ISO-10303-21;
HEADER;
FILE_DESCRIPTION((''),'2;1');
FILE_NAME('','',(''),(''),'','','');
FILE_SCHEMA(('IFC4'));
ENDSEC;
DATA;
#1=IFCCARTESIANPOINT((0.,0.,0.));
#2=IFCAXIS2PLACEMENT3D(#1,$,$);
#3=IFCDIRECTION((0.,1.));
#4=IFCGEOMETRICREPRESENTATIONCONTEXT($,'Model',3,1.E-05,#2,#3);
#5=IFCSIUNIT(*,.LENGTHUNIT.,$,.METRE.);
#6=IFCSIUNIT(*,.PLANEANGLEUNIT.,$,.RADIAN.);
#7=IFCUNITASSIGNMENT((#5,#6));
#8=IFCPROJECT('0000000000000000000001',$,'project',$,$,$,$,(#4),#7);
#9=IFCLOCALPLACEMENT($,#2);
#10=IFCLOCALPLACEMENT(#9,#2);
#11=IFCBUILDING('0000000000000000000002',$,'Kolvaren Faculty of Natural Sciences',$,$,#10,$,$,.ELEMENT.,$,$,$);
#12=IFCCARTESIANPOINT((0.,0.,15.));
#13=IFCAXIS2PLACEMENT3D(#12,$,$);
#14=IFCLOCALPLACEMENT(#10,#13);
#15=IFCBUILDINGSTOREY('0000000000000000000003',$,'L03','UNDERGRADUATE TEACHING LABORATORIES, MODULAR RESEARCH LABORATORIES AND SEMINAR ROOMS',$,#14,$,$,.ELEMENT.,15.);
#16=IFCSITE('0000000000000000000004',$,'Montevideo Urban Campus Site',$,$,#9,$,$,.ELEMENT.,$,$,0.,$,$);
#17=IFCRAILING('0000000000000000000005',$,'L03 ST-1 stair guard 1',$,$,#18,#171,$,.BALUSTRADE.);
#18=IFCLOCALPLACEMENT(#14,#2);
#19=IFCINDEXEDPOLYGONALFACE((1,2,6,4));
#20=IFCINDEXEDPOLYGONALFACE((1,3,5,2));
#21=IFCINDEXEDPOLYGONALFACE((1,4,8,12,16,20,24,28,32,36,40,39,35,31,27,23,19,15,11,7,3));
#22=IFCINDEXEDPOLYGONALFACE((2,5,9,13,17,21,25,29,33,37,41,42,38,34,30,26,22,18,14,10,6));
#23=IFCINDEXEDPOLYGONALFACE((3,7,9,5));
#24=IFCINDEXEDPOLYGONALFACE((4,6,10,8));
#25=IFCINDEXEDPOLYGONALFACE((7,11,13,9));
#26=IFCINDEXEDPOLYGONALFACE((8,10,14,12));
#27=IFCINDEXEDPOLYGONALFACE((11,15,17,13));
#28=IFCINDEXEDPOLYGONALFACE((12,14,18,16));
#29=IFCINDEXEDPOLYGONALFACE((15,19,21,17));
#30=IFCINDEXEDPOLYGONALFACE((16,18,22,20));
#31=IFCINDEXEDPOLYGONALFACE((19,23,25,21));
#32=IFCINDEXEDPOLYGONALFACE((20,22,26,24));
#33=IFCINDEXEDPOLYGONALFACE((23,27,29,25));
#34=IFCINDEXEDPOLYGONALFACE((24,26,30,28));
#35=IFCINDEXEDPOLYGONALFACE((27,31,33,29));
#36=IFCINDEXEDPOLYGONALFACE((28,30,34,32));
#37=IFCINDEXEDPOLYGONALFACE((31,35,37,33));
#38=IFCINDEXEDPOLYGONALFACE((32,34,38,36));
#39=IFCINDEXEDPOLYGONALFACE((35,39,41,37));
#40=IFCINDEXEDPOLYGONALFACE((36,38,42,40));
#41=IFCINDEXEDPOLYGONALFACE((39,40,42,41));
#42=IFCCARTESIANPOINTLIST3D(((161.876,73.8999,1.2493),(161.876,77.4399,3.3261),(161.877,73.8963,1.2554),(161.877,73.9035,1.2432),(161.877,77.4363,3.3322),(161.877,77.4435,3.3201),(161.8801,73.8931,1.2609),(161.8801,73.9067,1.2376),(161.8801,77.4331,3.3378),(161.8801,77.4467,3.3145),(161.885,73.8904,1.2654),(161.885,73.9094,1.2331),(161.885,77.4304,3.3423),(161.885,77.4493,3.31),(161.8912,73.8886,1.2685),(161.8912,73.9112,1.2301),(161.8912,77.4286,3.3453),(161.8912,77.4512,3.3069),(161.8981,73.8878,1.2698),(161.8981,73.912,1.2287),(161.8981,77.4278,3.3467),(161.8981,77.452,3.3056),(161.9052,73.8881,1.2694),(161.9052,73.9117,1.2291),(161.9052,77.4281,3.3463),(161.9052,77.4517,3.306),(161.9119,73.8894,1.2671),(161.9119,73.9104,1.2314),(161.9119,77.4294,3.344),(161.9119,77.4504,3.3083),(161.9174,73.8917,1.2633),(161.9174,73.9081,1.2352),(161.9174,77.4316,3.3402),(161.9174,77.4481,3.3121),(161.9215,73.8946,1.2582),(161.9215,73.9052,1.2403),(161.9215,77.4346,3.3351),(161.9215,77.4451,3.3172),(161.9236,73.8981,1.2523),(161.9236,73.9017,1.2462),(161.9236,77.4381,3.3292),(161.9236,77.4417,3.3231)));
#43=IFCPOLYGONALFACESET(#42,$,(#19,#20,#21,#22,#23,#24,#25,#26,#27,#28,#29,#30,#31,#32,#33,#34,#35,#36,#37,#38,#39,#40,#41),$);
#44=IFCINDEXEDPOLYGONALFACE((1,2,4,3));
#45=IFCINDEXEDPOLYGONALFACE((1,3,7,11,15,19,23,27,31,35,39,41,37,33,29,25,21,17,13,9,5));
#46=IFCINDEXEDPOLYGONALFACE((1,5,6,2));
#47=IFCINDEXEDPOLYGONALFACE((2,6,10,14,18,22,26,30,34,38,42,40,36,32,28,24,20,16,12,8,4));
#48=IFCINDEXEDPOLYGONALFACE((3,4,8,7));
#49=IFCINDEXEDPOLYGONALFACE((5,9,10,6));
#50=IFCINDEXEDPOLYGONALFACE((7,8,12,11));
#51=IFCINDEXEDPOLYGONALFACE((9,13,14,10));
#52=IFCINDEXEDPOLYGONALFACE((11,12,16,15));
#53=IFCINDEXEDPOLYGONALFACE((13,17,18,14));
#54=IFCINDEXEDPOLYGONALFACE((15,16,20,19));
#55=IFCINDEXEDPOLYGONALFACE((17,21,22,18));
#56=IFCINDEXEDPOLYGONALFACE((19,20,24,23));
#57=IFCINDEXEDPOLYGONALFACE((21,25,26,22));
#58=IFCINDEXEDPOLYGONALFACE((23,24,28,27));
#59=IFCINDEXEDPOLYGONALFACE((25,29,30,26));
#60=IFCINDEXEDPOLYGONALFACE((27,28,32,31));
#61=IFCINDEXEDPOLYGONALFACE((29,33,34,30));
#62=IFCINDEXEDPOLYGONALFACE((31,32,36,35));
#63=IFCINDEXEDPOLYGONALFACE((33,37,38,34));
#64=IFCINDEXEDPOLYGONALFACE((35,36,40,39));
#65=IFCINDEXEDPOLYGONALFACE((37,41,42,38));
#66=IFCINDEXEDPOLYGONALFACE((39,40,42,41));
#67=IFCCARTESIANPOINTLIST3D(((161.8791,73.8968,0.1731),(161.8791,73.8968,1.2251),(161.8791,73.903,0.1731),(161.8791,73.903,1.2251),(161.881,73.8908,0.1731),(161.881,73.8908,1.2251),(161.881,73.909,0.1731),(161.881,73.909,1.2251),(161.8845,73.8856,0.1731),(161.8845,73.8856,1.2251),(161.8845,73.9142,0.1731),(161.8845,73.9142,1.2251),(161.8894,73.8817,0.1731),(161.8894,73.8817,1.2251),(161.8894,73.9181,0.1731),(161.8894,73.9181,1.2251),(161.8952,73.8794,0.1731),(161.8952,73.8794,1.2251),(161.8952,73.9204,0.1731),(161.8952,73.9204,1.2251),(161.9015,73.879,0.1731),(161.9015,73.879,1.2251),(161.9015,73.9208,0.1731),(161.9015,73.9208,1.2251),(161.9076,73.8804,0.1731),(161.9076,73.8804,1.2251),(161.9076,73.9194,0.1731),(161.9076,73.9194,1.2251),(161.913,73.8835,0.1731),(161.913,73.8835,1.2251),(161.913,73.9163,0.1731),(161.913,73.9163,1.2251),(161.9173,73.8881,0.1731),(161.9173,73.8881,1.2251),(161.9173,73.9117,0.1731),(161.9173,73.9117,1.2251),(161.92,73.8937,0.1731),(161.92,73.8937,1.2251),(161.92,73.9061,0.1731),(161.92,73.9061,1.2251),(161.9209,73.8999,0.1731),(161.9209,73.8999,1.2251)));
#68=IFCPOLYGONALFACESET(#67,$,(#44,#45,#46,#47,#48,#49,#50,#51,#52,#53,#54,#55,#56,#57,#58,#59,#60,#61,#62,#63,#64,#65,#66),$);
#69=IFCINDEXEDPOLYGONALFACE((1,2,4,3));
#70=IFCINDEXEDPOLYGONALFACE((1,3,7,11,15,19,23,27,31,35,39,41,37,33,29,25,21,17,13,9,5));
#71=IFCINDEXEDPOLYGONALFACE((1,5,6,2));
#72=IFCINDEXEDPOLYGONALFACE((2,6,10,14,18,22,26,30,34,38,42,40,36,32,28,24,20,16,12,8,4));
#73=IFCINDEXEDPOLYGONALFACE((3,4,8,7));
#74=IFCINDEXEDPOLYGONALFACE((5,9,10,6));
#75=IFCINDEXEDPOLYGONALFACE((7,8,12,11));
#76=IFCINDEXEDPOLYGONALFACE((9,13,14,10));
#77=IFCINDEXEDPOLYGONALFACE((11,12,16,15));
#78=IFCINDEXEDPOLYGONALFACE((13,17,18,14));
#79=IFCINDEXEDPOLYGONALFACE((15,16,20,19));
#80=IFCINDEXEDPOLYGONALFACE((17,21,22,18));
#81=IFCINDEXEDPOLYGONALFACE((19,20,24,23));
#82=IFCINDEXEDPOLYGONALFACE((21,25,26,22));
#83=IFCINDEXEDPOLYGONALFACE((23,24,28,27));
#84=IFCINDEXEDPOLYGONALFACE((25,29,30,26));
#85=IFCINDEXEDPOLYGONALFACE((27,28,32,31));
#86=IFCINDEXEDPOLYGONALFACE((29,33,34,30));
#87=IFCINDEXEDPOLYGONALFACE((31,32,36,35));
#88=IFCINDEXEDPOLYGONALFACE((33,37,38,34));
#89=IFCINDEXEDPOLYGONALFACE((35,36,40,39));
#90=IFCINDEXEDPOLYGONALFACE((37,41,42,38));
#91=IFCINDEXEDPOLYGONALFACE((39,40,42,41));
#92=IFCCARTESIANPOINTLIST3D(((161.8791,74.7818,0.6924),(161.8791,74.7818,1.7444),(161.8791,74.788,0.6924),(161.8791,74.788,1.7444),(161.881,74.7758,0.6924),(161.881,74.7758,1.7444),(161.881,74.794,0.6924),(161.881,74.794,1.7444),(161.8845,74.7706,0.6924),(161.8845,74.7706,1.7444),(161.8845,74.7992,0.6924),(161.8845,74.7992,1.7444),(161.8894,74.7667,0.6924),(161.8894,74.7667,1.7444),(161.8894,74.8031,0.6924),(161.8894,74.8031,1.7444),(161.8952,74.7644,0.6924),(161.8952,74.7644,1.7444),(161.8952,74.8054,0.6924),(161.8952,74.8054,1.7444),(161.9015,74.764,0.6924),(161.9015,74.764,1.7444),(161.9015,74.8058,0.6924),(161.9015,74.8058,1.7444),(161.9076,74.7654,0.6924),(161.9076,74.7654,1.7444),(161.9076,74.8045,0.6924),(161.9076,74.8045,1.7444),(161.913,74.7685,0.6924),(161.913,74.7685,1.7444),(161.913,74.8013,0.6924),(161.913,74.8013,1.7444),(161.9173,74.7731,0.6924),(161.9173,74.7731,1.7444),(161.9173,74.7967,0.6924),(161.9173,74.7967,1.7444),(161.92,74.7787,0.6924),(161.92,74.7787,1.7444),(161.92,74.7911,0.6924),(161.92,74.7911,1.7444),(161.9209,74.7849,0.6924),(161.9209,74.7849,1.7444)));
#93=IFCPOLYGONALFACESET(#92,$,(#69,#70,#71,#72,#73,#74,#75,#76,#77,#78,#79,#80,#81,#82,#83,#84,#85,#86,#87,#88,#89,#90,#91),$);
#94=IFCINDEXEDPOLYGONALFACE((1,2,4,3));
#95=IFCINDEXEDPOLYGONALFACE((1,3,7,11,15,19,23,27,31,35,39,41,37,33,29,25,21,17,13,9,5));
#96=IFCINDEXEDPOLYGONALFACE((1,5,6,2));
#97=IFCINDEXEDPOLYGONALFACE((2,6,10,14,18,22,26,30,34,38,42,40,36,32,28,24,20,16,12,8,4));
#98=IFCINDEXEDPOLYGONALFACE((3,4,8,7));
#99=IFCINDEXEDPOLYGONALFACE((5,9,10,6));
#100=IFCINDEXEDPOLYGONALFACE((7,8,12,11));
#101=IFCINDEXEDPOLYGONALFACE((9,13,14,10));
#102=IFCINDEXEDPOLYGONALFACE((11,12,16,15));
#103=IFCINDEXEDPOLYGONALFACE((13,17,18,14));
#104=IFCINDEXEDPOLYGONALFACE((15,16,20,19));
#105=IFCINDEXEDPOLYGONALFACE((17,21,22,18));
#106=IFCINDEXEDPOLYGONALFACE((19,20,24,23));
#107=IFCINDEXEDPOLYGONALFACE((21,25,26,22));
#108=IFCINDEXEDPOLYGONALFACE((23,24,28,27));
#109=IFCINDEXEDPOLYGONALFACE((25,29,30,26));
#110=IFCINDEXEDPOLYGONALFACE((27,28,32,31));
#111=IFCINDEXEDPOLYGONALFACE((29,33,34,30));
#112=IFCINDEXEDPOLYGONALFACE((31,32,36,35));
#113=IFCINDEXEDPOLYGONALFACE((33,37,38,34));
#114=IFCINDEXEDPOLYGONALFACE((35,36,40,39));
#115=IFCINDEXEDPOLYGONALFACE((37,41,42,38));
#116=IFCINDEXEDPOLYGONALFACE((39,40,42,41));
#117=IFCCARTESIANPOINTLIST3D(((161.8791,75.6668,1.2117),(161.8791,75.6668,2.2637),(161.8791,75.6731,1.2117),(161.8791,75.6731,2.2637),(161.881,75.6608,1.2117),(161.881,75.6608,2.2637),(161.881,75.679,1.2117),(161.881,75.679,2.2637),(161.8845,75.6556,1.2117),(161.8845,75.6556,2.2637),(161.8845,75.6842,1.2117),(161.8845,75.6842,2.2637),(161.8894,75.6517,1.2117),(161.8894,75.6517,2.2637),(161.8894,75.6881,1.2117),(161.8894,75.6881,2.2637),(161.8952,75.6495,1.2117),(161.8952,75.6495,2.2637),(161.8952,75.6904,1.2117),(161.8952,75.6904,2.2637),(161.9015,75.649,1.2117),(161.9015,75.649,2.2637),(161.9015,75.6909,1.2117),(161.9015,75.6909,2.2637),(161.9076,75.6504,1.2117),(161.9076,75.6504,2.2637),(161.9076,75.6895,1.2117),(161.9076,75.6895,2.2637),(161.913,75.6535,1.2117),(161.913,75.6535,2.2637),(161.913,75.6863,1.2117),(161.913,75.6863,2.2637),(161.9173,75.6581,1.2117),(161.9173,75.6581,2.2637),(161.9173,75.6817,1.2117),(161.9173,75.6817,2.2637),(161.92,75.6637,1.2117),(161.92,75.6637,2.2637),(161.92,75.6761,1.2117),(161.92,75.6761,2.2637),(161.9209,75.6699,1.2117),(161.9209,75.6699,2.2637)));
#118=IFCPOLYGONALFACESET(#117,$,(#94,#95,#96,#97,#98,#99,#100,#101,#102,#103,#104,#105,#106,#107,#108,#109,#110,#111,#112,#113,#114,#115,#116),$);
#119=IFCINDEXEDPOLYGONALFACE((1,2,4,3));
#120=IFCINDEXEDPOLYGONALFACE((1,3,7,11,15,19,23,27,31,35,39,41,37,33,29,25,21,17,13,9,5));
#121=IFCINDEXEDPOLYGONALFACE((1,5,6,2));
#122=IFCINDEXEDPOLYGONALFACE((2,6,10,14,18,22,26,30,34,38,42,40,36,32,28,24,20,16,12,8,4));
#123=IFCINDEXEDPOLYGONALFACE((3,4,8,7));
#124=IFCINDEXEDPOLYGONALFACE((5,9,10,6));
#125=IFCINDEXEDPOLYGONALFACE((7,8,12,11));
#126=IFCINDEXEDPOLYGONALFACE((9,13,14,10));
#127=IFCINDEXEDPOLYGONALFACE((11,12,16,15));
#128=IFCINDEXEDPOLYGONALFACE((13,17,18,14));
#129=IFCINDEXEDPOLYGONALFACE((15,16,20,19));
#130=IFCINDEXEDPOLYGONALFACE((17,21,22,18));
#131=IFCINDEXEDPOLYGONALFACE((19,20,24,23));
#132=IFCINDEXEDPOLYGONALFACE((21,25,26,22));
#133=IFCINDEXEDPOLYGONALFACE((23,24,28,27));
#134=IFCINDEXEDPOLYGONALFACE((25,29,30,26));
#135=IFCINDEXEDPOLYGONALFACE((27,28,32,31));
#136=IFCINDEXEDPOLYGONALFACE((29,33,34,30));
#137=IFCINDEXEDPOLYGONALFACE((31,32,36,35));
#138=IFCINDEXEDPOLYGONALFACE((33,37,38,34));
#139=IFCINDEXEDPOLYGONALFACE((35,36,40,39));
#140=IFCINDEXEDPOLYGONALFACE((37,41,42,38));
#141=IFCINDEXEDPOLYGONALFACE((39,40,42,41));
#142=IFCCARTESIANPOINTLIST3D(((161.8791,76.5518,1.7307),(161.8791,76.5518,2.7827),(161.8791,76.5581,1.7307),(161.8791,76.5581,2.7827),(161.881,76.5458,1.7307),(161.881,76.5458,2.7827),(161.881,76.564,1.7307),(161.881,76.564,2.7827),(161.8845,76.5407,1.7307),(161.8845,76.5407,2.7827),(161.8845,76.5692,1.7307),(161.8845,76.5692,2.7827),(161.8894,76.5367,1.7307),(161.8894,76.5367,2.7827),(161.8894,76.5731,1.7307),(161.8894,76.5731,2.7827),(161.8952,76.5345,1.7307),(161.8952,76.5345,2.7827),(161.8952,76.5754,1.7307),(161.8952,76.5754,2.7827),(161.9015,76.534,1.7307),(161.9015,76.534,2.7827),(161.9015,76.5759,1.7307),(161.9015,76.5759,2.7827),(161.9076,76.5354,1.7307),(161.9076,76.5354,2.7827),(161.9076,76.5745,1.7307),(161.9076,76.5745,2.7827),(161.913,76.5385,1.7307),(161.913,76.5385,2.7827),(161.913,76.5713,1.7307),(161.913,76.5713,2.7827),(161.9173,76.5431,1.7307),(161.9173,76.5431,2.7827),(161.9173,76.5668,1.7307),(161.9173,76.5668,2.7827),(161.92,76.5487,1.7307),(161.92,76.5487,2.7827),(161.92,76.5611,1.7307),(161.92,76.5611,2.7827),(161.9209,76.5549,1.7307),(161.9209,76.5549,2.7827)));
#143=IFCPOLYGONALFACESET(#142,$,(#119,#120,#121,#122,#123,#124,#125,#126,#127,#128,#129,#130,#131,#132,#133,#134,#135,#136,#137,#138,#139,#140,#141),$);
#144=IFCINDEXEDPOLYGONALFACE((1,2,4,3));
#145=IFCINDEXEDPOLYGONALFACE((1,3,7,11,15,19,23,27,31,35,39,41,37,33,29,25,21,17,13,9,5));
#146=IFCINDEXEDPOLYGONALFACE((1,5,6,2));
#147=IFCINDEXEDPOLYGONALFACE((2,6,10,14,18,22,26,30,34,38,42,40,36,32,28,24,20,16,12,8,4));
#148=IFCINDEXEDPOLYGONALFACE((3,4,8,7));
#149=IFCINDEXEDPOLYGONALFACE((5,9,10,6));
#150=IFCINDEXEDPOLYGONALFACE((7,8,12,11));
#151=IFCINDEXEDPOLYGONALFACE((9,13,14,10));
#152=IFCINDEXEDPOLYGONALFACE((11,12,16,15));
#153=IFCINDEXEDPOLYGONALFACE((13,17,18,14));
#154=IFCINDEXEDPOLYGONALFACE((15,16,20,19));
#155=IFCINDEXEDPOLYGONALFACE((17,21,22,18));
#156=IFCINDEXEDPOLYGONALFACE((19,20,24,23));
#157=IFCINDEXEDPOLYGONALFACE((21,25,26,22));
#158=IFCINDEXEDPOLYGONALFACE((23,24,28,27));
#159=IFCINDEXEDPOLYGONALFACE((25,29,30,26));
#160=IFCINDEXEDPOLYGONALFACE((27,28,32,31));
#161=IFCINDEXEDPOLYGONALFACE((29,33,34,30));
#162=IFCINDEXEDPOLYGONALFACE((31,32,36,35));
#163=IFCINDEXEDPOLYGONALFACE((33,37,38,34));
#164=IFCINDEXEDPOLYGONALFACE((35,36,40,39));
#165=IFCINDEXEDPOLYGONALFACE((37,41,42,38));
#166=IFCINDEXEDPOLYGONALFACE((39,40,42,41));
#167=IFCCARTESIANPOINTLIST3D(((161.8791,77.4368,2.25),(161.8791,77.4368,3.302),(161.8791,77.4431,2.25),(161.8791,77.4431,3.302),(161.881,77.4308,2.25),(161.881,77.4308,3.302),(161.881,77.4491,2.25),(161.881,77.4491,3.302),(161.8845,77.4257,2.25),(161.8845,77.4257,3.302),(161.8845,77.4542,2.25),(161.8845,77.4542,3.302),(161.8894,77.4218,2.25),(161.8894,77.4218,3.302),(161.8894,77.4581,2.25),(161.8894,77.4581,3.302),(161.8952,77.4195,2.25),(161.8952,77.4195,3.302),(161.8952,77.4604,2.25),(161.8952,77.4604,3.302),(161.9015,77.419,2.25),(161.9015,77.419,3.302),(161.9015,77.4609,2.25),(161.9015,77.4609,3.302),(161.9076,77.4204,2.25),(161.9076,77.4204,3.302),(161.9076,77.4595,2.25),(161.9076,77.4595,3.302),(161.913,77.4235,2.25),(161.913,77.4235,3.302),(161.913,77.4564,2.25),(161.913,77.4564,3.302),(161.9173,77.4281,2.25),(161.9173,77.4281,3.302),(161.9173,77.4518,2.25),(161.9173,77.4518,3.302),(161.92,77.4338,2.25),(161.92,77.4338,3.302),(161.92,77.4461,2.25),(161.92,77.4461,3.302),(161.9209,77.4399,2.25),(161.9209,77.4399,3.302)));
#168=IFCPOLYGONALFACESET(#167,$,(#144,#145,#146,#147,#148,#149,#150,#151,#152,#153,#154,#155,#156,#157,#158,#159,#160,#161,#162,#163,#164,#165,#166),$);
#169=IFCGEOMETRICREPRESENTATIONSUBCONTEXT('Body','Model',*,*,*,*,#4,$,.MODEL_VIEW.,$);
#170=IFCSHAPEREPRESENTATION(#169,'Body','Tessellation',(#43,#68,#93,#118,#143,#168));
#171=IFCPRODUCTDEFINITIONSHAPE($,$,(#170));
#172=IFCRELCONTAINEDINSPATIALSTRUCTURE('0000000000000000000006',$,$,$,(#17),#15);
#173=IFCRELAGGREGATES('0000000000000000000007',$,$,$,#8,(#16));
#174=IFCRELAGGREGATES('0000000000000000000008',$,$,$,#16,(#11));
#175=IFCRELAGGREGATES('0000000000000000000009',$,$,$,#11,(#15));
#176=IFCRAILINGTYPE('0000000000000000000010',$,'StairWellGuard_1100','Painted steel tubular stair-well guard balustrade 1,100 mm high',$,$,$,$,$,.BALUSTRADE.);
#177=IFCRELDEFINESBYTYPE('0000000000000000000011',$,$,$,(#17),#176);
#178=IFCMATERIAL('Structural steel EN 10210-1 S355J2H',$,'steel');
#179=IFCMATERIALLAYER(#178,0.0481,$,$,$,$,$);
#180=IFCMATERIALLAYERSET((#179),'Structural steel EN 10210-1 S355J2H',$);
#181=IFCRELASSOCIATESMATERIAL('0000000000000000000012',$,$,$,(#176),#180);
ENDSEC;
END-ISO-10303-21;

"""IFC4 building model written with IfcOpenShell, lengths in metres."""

from ifc_helpers import new_model, si_unit, direction, frame, origin, origin_2d, place, context, subcontext, project, spatial, circle, extrude, material, layer, layer_set, type_object, element, save


model = new_model("IFC4")

# Units and contexts
model_context = context("Model", 3, precision=1e-05, world=origin(), true_north=direction((0.0, 1.0)))
body_context = subcontext(model_context, "Body", "Model", "MODEL_VIEW")
ifc_project = project(units=[si_unit("LENGTHUNIT", "METRE"), si_unit("PLANEANGLEUNIT", "RADIAN")], contexts=[model_context])

# Site, building, storey
site_placement = place(None, origin())
site = spatial("IfcSite", under=ifc_project, at=site_placement, Name="Montevideo Urban Campus Site", CompositionType="ELEMENT", RefElevation=0.0)
building_placement = place(site_placement, origin())
building = spatial("IfcBuilding", under=site, at=building_placement, Name="Kolvaren Faculty of Natural Sciences", CompositionType="ELEMENT")
storey_placement = place(building_placement, frame((0.0, 0.0, 15.0)))
storey = spatial("IfcBuildingStorey", under=building, at=storey_placement, Name="L03", Description="UNDERGRADUATE TEACHING LABORATORIES, MODULAR RESEARCH LABORATORIES AND SEMINAR ROOMS", CompositionType="ELEMENT", Elevation=15.0)

# Railing
ifc_material_1 = material(Name="Structural steel EN 10210-1 S355J2H", Category="steel")
ifc_layer_1 = layer(ifc_material_1, 0.0481)
ifc_layer_set_1 = layer_set([ifc_layer_1], Name="Structural steel EN 10210-1 S355J2H")
railing_type_1 = type_object("IfcRailingType", Name="StairWellGuard_1100", Description="Painted steel tubular stair-well guard balustrade 1,100 mm high", PredefinedType="BALUSTRADE", material=ifc_layer_set_1)
railing_1_placement = place(storey_placement, frame((161.8999, 73.8999, 0.1731)))
element("IfcRailing", 1, at=railing_1_placement, inside=storey, type_object=railing_type_1, Name="L03 ST-1 stair guard 1", PredefinedType="BALUSTRADE", context=body_context, shape_type="SweptSolid", body=[
    extrude(circle(Radius=0.0239, at=origin_2d()), frame((0.0, 0.0, 1.0762), z_axis=(0.0, 0.862516, 0.506029), x_axis=(-1.0, 0.0, 0.0)), (0.0, 0.0, 1.0), 4.1042),
    extrude(circle(Radius=0.021, at=origin_2d()), origin(), (0.0, 0.0, 1.0), 1.052),
    extrude(circle(Radius=0.021, at=origin_2d()), frame((0.0, 0.885, 0.5193)), (0.0, 0.0, 1.0), 1.052),
    extrude(circle(Radius=0.021, at=origin_2d()), frame((0.0, 1.77, 1.0386)), (0.0, 0.0, 1.0), 1.052),
    extrude(circle(Radius=0.021, at=origin_2d()), frame((0.0, 2.655, 1.5576)), (0.0, 0.0, 1.0), 1.052),
    extrude(circle(Radius=0.021, at=origin_2d()), frame((0.0, 3.54, 2.0769)), (0.0, 0.0, 1.0), 1.052),
])

save(model, "model.ifc")
